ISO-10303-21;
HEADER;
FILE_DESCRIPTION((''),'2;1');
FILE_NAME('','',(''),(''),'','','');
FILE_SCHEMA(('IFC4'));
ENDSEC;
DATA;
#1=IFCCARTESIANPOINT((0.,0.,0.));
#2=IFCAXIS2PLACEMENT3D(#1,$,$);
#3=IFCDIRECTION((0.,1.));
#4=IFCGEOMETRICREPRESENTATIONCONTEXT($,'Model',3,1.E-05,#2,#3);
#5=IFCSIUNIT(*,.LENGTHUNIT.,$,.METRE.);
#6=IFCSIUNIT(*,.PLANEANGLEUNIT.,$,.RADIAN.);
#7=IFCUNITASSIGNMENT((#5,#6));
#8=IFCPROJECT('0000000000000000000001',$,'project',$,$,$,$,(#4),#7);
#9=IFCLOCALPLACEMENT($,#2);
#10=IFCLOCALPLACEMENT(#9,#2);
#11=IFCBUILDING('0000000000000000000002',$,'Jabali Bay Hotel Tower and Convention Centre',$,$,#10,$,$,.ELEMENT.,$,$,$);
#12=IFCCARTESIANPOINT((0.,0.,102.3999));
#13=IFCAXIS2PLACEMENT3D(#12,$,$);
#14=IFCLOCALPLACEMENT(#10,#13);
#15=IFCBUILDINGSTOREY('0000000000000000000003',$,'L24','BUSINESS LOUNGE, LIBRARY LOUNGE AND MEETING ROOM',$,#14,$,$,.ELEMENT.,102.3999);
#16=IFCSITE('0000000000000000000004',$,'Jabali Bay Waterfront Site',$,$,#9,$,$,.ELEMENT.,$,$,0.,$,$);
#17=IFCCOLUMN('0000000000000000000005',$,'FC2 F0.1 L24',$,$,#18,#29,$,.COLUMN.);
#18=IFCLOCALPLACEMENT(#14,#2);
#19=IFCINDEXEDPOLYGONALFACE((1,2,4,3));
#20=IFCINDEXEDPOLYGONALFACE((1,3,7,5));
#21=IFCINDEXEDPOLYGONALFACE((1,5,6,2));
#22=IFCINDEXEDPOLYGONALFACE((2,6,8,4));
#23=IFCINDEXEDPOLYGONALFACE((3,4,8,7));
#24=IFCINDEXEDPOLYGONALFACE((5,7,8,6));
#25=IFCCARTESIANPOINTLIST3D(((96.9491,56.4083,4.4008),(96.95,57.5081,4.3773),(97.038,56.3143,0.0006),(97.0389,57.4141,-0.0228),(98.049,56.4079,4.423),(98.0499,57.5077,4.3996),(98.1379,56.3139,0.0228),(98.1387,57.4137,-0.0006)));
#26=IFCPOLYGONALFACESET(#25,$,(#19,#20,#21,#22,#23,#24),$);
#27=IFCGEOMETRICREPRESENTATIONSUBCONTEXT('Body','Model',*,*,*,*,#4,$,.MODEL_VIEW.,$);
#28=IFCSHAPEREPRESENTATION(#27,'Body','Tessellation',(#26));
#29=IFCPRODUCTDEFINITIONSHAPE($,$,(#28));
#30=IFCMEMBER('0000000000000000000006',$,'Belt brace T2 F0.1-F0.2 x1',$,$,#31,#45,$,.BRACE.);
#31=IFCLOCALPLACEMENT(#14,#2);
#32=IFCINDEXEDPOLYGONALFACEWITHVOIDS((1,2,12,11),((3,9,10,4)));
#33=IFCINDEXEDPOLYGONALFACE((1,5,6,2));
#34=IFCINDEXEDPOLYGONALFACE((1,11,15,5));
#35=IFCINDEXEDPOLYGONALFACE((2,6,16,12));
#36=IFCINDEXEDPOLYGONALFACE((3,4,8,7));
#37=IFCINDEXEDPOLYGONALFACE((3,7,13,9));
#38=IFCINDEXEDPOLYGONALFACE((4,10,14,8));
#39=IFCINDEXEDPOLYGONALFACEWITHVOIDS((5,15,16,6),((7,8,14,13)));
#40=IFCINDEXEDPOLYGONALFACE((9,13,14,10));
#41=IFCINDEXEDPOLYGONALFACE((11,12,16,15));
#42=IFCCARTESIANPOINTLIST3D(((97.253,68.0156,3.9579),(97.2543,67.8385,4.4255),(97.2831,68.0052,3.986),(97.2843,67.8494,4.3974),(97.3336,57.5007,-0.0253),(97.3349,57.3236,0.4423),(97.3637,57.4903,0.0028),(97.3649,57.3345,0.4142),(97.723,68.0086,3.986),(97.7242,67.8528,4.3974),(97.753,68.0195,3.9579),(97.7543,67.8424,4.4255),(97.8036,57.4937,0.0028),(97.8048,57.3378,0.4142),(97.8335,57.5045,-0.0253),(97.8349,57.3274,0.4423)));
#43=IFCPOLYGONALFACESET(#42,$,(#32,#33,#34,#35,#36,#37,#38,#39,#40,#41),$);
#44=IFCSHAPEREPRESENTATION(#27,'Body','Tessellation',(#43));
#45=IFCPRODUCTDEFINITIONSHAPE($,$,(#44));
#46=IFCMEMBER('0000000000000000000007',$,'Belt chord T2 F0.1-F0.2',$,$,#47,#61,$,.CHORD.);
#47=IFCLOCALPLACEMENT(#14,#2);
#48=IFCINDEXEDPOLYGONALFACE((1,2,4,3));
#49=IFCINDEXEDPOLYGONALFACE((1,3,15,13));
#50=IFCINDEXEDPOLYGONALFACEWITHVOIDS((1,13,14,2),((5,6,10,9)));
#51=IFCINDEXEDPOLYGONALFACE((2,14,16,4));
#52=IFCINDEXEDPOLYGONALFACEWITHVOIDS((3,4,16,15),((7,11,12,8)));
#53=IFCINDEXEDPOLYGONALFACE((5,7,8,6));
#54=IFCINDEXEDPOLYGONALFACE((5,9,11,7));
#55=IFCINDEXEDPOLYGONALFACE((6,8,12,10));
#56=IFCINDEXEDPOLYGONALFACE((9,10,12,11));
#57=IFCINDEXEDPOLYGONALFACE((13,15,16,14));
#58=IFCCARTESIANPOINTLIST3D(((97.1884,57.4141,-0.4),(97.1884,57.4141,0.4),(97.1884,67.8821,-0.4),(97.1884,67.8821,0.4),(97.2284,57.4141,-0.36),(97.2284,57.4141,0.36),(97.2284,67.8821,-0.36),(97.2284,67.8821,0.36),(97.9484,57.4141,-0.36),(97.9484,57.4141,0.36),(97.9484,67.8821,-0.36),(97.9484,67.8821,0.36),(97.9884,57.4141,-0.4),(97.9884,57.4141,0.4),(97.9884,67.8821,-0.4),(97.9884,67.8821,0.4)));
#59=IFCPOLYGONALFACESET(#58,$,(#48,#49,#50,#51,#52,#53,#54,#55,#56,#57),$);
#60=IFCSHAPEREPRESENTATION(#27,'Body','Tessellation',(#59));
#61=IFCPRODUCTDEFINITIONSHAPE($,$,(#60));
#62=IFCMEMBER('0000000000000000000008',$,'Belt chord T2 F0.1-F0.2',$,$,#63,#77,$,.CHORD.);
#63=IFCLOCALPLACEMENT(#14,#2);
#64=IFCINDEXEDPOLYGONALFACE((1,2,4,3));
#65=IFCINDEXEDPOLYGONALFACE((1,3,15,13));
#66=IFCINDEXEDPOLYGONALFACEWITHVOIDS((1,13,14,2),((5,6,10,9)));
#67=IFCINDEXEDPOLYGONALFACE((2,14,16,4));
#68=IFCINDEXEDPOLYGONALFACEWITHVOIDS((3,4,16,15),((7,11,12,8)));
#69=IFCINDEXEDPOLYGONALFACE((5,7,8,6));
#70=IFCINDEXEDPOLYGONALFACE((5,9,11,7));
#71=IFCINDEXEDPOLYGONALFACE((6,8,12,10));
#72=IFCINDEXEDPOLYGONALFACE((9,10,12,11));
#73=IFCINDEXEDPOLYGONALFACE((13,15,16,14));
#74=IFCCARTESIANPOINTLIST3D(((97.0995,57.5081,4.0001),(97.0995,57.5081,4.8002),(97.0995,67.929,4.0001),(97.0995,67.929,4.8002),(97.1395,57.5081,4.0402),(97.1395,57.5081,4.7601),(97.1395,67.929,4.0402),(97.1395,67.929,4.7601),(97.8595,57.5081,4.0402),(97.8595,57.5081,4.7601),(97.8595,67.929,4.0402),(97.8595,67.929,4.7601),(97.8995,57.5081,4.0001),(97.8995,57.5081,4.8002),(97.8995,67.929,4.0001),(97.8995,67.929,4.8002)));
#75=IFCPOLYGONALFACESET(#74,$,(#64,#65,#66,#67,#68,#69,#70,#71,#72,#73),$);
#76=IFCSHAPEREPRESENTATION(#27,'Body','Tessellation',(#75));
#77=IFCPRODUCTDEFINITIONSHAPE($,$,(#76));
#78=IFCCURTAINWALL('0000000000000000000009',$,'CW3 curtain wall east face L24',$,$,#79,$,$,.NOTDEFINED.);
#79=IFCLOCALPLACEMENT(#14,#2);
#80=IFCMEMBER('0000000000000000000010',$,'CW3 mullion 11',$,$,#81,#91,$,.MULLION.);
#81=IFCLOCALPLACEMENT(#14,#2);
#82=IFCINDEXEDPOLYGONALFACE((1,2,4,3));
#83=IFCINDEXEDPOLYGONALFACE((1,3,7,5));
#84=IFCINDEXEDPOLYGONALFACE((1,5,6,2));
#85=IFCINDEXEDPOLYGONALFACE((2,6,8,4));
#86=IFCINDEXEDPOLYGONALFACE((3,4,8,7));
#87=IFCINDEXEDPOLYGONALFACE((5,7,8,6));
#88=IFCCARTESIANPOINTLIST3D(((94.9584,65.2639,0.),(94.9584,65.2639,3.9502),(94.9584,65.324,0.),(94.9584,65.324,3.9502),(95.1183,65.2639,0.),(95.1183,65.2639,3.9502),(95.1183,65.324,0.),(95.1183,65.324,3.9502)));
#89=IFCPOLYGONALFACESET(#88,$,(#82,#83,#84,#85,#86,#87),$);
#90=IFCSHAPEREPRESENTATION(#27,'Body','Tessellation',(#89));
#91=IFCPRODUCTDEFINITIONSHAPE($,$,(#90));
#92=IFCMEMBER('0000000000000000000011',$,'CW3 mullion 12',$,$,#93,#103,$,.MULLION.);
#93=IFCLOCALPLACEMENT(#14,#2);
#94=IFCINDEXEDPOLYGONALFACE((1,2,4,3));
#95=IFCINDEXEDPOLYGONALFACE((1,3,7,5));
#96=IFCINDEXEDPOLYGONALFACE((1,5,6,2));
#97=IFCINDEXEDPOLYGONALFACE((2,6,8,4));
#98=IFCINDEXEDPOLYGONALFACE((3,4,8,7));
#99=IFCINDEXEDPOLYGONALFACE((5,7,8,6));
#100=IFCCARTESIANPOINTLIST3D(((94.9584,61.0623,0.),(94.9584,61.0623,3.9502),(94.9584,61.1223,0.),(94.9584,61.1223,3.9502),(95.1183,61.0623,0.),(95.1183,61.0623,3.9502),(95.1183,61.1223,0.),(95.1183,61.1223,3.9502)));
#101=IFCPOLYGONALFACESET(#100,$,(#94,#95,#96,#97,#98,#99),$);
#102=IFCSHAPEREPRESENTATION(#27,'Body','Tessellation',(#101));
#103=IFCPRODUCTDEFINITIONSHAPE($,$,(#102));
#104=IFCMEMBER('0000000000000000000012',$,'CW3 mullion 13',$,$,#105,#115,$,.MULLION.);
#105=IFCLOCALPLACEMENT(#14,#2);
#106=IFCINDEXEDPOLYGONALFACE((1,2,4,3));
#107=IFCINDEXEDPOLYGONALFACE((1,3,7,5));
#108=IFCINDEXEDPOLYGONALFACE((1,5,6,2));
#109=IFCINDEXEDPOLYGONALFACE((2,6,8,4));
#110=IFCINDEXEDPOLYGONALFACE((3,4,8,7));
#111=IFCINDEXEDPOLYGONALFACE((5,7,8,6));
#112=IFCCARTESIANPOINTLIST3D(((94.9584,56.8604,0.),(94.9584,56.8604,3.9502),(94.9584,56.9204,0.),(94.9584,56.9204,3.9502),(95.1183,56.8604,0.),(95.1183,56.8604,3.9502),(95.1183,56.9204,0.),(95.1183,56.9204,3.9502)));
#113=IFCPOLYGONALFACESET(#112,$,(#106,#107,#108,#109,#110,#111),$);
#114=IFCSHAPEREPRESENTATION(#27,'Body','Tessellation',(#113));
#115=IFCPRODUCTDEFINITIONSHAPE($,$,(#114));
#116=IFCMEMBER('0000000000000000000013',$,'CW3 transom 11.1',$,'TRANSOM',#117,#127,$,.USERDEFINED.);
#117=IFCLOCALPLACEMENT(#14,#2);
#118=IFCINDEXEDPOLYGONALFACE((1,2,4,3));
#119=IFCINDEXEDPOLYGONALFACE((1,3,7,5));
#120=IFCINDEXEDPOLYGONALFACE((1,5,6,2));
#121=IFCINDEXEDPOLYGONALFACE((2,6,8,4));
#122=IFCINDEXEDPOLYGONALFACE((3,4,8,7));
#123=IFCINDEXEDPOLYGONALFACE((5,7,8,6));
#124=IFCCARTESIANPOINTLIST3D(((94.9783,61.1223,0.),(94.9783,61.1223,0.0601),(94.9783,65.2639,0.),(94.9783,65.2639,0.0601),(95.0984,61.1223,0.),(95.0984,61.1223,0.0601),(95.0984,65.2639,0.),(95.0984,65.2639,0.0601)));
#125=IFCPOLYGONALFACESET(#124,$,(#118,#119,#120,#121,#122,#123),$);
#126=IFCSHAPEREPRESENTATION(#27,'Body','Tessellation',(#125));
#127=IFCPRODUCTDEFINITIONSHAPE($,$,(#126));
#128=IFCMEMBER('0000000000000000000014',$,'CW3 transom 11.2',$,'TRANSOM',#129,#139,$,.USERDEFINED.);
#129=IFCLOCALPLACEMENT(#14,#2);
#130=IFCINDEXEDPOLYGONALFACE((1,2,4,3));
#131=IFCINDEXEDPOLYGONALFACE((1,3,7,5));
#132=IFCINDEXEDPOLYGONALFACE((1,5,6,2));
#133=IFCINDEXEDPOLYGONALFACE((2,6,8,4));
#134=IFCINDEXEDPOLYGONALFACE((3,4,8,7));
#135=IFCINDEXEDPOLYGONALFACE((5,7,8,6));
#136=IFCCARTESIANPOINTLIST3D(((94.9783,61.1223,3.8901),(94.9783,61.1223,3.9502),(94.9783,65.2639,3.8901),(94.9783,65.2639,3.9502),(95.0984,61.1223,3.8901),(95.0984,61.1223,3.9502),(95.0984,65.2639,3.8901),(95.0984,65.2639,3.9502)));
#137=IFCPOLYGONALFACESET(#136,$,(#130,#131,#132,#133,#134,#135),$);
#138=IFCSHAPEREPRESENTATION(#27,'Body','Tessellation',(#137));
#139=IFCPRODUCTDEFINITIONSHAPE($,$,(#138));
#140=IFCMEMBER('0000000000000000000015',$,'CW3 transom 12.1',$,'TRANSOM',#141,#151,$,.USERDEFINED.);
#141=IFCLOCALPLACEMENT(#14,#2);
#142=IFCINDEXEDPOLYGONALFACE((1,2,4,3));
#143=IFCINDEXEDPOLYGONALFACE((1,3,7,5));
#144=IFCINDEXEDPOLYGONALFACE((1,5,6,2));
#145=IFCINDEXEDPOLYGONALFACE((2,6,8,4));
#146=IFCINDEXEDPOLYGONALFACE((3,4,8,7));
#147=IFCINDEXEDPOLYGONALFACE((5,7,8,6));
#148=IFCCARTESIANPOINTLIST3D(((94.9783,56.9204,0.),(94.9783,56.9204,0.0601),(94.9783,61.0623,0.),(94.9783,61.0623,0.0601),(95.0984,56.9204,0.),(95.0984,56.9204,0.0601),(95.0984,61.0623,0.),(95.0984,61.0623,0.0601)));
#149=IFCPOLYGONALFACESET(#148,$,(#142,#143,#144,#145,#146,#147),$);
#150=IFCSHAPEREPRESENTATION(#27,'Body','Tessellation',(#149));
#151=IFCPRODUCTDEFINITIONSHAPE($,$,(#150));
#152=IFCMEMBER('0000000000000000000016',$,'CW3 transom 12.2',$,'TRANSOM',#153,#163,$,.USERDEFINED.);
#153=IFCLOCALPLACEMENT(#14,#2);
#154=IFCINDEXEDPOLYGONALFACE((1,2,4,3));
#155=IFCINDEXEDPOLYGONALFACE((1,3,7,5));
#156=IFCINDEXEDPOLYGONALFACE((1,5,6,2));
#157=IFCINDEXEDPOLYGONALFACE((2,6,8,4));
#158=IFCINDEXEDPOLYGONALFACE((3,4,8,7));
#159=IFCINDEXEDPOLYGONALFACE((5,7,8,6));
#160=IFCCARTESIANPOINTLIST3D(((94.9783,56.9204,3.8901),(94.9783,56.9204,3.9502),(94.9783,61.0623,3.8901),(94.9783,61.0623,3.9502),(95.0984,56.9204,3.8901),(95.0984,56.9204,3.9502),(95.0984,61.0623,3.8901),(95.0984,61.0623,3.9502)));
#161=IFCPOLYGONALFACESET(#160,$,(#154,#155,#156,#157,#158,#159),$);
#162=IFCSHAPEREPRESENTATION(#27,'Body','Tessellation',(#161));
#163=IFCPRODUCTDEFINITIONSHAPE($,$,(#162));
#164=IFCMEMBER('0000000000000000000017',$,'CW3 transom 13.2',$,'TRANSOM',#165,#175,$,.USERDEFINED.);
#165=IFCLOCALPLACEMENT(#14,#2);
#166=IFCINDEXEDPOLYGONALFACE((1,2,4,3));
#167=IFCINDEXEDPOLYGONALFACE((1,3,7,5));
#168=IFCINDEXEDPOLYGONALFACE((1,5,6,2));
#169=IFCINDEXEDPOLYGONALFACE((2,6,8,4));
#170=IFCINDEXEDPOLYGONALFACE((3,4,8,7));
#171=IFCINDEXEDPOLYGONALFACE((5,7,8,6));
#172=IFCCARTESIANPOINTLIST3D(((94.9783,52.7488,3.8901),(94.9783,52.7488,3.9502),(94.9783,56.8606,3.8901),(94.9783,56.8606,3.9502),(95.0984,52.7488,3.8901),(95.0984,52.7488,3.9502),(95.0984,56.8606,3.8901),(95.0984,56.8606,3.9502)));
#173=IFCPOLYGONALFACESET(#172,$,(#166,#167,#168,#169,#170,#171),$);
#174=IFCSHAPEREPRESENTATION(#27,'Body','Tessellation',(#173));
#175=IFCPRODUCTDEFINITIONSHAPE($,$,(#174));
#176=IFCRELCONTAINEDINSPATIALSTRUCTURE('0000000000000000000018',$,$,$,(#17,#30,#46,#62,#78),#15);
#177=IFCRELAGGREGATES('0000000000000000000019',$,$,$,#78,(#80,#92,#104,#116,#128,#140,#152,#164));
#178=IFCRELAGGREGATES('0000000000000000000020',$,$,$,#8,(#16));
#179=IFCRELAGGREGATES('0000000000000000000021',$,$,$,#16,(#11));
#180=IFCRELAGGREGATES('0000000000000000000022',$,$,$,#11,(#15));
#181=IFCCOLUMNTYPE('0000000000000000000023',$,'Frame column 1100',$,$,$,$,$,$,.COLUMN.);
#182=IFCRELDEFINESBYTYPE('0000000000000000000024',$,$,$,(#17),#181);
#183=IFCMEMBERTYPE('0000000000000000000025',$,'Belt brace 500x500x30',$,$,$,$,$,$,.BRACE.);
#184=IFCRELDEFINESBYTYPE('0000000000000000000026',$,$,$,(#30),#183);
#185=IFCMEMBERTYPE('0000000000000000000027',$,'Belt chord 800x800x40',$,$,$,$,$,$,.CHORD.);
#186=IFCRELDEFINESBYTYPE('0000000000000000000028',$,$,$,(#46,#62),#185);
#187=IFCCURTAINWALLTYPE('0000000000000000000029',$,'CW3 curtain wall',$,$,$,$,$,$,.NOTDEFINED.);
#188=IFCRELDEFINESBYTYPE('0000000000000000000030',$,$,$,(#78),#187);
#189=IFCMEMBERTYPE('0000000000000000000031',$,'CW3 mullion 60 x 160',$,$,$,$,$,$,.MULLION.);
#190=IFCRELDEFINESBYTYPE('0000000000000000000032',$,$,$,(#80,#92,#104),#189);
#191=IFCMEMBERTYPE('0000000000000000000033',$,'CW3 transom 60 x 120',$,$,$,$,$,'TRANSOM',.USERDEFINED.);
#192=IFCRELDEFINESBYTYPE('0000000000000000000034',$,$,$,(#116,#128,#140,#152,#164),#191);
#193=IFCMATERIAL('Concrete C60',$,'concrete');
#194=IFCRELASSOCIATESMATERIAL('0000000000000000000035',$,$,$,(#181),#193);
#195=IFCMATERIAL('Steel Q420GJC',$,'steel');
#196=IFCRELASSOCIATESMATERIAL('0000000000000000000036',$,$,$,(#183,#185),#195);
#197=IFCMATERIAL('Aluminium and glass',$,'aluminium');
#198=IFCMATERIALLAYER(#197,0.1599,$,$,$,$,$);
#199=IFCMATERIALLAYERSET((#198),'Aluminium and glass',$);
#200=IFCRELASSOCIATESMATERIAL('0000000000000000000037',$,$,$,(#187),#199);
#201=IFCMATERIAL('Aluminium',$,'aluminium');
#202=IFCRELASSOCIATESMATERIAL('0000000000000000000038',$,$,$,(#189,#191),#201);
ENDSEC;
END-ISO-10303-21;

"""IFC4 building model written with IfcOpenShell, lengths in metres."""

from ifc_helpers import new_model, si_unit, direction, frame, origin, origin_2d, place, context, subcontext, project, spatial, rectangle, hollow_rectangle, extrude, material, layer, layer_set, material_profile, profile_set, type_object, element, aggregate, save


model = new_model("IFC4")

# Units and contexts
model_context = context("Model", 3, precision=1e-05, world=origin(), true_north=direction((0.0, 1.0)))
body_context = subcontext(model_context, "Body", "Model", "MODEL_VIEW")
ifc_project = project(units=[si_unit("LENGTHUNIT", "METRE"), si_unit("PLANEANGLEUNIT", "RADIAN")], contexts=[model_context])

# Site, building, storey
site_placement = place(None, origin())
site = spatial("IfcSite", under=ifc_project, at=site_placement, Name="Jabali Bay Waterfront Site", CompositionType="ELEMENT", RefElevation=0.0)
building_placement = place(site_placement, origin())
building = spatial("IfcBuilding", under=site, at=building_placement, Name="Jabali Bay Hotel Tower and Convention Centre", CompositionType="ELEMENT")
storey_placement = place(building_placement, frame((0.0, 0.0, 102.3999)))
storey = spatial("IfcBuildingStorey", under=building, at=storey_placement, Name="L24", Description="BUSINESS LOUNGE, LIBRARY LOUNGE AND MEETING ROOM", CompositionType="ELEMENT", Elevation=102.3999)

# Column
ifc_material_1 = material(Name="Concrete C60", Category="concrete")
ifc_material_profile_1 = material_profile(ifc_material_1, rectangle(XDim=1.1001, YDim=1.1001, at=origin_2d()), Name="Frame column 1100")
ifc_profile_set_1 = profile_set([ifc_material_profile_1], Name="Concrete C60")
column_type = type_object("IfcColumnType", Name="Frame column 1100", PredefinedType="COLUMN", material=ifc_profile_set_1)
column_placement = place(storey_placement, frame((97.5884, 56.864, 0.0), z_axis=(-0.020188, 0.021352, 0.999568), x_axis=(-0.000784, -0.999772, 0.021341)))
element("IfcColumn", 1, at=column_placement, inside=storey, type_object=column_type, Name="FC2 F0.1 L24", PredefinedType="COLUMN", context=body_context, shape_type="SweptSolid", body=[
    extrude(rectangle(XDim=1.1001, YDim=1.1001, at=origin_2d()), origin(), (0.0, 0.0, 1.0), 4.4021),
])

# Members
ifc_material_2 = material(Name="Steel Q420GJC", Category="steel")
ifc_material_profile_2 = material_profile(ifc_material_2, hollow_rectangle(XDim=0.5, YDim=0.5, WallThickness=0.03, at=origin_2d()), Name="Belt brace 500x500x30")
ifc_profile_set_2 = profile_set([ifc_material_profile_2], Name="Steel Q420GJC")
member_type_1 = type_object("IfcMemberType", Name="Belt brace 500x500x30", PredefinedType="BRACE", material=ifc_profile_set_2)
member_1_placement = place(storey_placement, frame((97.5842, 57.4141, 0.2085), z_axis=(-0.007165, 0.935128, 0.354237), x_axis=(-0.999971, -0.007662, 0.0)))
element("IfcMember", 2, at=member_1_placement, inside=storey, type_object=member_type_1, Name="Belt brace T2 F0.1-F0.2 x1", PredefinedType="BRACE", context=body_context, shape_type="SweptSolid", body=[
    extrude(hollow_rectangle(XDim=0.5, YDim=0.5, WallThickness=0.03, at=origin_2d()), origin(), (0.0, 0.0, 1.0), 11.2444),
])
ifc_material_profile_3 = material_profile(ifc_material_2, hollow_rectangle(XDim=0.8, YDim=0.8, WallThickness=0.04, at=origin_2d()), Name="Belt chord 800x800x40")
ifc_profile_set_3 = profile_set([ifc_material_profile_3], Name="Steel Q420GJC")
member_type_2 = type_object("IfcMemberType", Name="Belt chord 800x800x40", PredefinedType="CHORD", material=ifc_profile_set_3)
member_2_placement = place(storey_placement, frame((97.5884, 57.4141, 0.0), z_axis=(0.0, 1.0, 0.0), x_axis=(-1.0, 0.0, 0.0)))
element("IfcMember", 3, at=member_2_placement, inside=storey, type_object=member_type_2, Name="Belt chord T2 F0.1-F0.2", PredefinedType="CHORD", context=body_context, shape_type="SweptSolid", body=[
    extrude(hollow_rectangle(XDim=0.8, YDim=0.8, WallThickness=0.04, at=origin_2d()), origin(), (0.0, 0.0, 1.0), 10.468),
])
member_3_placement = place(storey_placement, frame((97.4995, 57.5081, 4.4001), z_axis=(0.0, 1.0, 0.0), x_axis=(-1.0, 0.0, 0.0)))
element("IfcMember", 4, at=member_3_placement, inside=storey, type_object=member_type_2, Name="Belt chord T2 F0.1-F0.2", PredefinedType="CHORD", context=body_context, shape_type="SweptSolid", body=[
    extrude(hollow_rectangle(XDim=0.8, YDim=0.8, WallThickness=0.04, at=origin_2d()), origin(), (0.0, 0.0, 1.0), 10.4209),
])

# Curtain wall, members
ifc_material_3 = material(Name="Aluminium and glass", Category="aluminium")
ifc_layer_1 = layer(ifc_material_3, 0.1599)
ifc_layer_set_1 = layer_set([ifc_layer_1], Name="Aluminium and glass")
curtain_wall_type = type_object("IfcCurtainWallType", Name="CW3 curtain wall", PredefinedType="NOTDEFINED", material=ifc_layer_set_1)
curtain_wall_placement = place(storey_placement, origin())
curtain_wall = element("IfcCurtainWall", 5, at=curtain_wall_placement, inside=storey, type_object=curtain_wall_type, Name="CW3 curtain wall east face L24", PredefinedType="NOTDEFINED")
ifc_material_4 = material(Name="Aluminium", Category="aluminium")
ifc_material_profile_4 = material_profile(ifc_material_4, rectangle(XDim=0.1599, YDim=0.0601, at=origin_2d()), Name="CW3 mullion 60 x 160")
ifc_profile_set_4 = profile_set([ifc_material_profile_4], Name="Aluminium")
member_type_3 = type_object("IfcMemberType", Name="CW3 mullion 60 x 160", PredefinedType="MULLION", material=ifc_profile_set_4)
member_4_placement = place(storey_placement, frame((95.0383, 65.2939, 0.0), z_axis=(0.0, 0.0, 1.0), x_axis=(1.0, 0.0, 0.0)))
member_4 = element("IfcMember", 6, at=member_4_placement, type_object=member_type_3, Name="CW3 mullion 11", PredefinedType="MULLION", context=body_context, shape_type="SweptSolid", body=[
    extrude(rectangle(XDim=0.1599, YDim=0.0601, at=origin_2d()), origin(), (0.0, 0.0, 1.0), 3.9502),
])
member_5_placement = place(storey_placement, frame((95.0383, 61.0923, 0.0), z_axis=(0.0, 0.0, 1.0), x_axis=(1.0, 0.0, 0.0)))
member_5 = element("IfcMember", 7, at=member_5_placement, type_object=member_type_3, Name="CW3 mullion 12", PredefinedType="MULLION", context=body_context, shape_type="SweptSolid", body=[
    extrude(rectangle(XDim=0.1599, YDim=0.0601, at=origin_2d()), origin(), (0.0, 0.0, 1.0), 3.9502),
])
member_6_placement = place(storey_placement, frame((95.0383, 56.8904, 0.0), z_axis=(0.0, 0.0, 1.0), x_axis=(1.0, 0.0, 0.0)))
member_6 = element("IfcMember", 8, at=member_6_placement, type_object=member_type_3, Name="CW3 mullion 13", PredefinedType="MULLION", context=body_context, shape_type="SweptSolid", body=[
    extrude(rectangle(XDim=0.1599, YDim=0.0601, at=origin_2d()), origin(), (0.0, 0.0, 1.0), 3.9502),
])
ifc_material_profile_5 = material_profile(ifc_material_4, rectangle(XDim=0.1201, YDim=0.0601, at=origin_2d()), Name="CW3 transom 60 x 120")
ifc_profile_set_5 = profile_set([ifc_material_profile_5], Name="Aluminium")
member_type_4 = type_object("IfcMemberType", Name="CW3 transom 60 x 120", ElementType="TRANSOM", PredefinedType="USERDEFINED", material=ifc_profile_set_5)
member_7_placement = place(storey_placement, frame((95.0383, 65.2639, 0.03), z_axis=(0.0, -1.0, 0.0), x_axis=(1.0, 0.0, 0.0)))
member_7 = element("IfcMember", 9, at=member_7_placement, type_object=member_type_4, Name="CW3 transom 11.1", ObjectType="TRANSOM", PredefinedType="USERDEFINED", context=body_context, shape_type="SweptSolid", body=[
    extrude(rectangle(XDim=0.1201, YDim=0.0601, at=origin_2d()), origin(), (0.0, 0.0, 1.0), 4.1416),
])
member_8_placement = place(storey_placement, frame((95.0383, 65.2639, 3.9202), z_axis=(0.0, -1.0, 0.0), x_axis=(1.0, 0.0, 0.0)))
member_8 = element("IfcMember", 10, at=member_8_placement, type_object=member_type_4, Name="CW3 transom 11.2", ObjectType="TRANSOM", PredefinedType="USERDEFINED", context=body_context, shape_type="SweptSolid", body=[
    extrude(rectangle(XDim=0.1201, YDim=0.0601, at=origin_2d()), origin(), (0.0, 0.0, 1.0), 4.1416),
])
member_9_placement = place(storey_placement, frame((95.0383, 61.0623, 0.03), z_axis=(0.0, -1.0, 0.0), x_axis=(1.0, 0.0, 0.0)))
member_9 = element("IfcMember", 11, at=member_9_placement, type_object=member_type_4, Name="CW3 transom 12.1", ObjectType="TRANSOM", PredefinedType="USERDEFINED", context=body_context, shape_type="SweptSolid", body=[
    extrude(rectangle(XDim=0.1201, YDim=0.0601, at=origin_2d()), origin(), (0.0, 0.0, 1.0), 4.1418),
])
member_10_placement = place(storey_placement, frame((95.0383, 61.0623, 3.9202), z_axis=(0.0, -1.0, 0.0), x_axis=(1.0, 0.0, 0.0)))
member_10 = element("IfcMember", 12, at=member_10_placement, type_object=member_type_4, Name="CW3 transom 12.2", ObjectType="TRANSOM", PredefinedType="USERDEFINED", context=body_context, shape_type="SweptSolid", body=[
    extrude(rectangle(XDim=0.1201, YDim=0.0601, at=origin_2d()), origin(), (0.0, 0.0, 1.0), 4.1418),
])
member_11_placement = place(storey_placement, frame((95.0383, 56.8606, 3.9202), z_axis=(0.0, -1.0, 0.0), x_axis=(1.0, 0.0, 0.0)))
member_11 = element("IfcMember", 13, at=member_11_placement, type_object=member_type_4, Name="CW3 transom 13.2", ObjectType="TRANSOM", PredefinedType="USERDEFINED", context=body_context, shape_type="SweptSolid", body=[
    extrude(rectangle(XDim=0.1201, YDim=0.0601, at=origin_2d()), origin(), (0.0, 0.0, 1.0), 4.1118),
])

aggregate(curtain_wall, [member_4, member_5, member_6, member_7, member_8, member_9, member_10, member_11])

save(model, "model.ifc")
